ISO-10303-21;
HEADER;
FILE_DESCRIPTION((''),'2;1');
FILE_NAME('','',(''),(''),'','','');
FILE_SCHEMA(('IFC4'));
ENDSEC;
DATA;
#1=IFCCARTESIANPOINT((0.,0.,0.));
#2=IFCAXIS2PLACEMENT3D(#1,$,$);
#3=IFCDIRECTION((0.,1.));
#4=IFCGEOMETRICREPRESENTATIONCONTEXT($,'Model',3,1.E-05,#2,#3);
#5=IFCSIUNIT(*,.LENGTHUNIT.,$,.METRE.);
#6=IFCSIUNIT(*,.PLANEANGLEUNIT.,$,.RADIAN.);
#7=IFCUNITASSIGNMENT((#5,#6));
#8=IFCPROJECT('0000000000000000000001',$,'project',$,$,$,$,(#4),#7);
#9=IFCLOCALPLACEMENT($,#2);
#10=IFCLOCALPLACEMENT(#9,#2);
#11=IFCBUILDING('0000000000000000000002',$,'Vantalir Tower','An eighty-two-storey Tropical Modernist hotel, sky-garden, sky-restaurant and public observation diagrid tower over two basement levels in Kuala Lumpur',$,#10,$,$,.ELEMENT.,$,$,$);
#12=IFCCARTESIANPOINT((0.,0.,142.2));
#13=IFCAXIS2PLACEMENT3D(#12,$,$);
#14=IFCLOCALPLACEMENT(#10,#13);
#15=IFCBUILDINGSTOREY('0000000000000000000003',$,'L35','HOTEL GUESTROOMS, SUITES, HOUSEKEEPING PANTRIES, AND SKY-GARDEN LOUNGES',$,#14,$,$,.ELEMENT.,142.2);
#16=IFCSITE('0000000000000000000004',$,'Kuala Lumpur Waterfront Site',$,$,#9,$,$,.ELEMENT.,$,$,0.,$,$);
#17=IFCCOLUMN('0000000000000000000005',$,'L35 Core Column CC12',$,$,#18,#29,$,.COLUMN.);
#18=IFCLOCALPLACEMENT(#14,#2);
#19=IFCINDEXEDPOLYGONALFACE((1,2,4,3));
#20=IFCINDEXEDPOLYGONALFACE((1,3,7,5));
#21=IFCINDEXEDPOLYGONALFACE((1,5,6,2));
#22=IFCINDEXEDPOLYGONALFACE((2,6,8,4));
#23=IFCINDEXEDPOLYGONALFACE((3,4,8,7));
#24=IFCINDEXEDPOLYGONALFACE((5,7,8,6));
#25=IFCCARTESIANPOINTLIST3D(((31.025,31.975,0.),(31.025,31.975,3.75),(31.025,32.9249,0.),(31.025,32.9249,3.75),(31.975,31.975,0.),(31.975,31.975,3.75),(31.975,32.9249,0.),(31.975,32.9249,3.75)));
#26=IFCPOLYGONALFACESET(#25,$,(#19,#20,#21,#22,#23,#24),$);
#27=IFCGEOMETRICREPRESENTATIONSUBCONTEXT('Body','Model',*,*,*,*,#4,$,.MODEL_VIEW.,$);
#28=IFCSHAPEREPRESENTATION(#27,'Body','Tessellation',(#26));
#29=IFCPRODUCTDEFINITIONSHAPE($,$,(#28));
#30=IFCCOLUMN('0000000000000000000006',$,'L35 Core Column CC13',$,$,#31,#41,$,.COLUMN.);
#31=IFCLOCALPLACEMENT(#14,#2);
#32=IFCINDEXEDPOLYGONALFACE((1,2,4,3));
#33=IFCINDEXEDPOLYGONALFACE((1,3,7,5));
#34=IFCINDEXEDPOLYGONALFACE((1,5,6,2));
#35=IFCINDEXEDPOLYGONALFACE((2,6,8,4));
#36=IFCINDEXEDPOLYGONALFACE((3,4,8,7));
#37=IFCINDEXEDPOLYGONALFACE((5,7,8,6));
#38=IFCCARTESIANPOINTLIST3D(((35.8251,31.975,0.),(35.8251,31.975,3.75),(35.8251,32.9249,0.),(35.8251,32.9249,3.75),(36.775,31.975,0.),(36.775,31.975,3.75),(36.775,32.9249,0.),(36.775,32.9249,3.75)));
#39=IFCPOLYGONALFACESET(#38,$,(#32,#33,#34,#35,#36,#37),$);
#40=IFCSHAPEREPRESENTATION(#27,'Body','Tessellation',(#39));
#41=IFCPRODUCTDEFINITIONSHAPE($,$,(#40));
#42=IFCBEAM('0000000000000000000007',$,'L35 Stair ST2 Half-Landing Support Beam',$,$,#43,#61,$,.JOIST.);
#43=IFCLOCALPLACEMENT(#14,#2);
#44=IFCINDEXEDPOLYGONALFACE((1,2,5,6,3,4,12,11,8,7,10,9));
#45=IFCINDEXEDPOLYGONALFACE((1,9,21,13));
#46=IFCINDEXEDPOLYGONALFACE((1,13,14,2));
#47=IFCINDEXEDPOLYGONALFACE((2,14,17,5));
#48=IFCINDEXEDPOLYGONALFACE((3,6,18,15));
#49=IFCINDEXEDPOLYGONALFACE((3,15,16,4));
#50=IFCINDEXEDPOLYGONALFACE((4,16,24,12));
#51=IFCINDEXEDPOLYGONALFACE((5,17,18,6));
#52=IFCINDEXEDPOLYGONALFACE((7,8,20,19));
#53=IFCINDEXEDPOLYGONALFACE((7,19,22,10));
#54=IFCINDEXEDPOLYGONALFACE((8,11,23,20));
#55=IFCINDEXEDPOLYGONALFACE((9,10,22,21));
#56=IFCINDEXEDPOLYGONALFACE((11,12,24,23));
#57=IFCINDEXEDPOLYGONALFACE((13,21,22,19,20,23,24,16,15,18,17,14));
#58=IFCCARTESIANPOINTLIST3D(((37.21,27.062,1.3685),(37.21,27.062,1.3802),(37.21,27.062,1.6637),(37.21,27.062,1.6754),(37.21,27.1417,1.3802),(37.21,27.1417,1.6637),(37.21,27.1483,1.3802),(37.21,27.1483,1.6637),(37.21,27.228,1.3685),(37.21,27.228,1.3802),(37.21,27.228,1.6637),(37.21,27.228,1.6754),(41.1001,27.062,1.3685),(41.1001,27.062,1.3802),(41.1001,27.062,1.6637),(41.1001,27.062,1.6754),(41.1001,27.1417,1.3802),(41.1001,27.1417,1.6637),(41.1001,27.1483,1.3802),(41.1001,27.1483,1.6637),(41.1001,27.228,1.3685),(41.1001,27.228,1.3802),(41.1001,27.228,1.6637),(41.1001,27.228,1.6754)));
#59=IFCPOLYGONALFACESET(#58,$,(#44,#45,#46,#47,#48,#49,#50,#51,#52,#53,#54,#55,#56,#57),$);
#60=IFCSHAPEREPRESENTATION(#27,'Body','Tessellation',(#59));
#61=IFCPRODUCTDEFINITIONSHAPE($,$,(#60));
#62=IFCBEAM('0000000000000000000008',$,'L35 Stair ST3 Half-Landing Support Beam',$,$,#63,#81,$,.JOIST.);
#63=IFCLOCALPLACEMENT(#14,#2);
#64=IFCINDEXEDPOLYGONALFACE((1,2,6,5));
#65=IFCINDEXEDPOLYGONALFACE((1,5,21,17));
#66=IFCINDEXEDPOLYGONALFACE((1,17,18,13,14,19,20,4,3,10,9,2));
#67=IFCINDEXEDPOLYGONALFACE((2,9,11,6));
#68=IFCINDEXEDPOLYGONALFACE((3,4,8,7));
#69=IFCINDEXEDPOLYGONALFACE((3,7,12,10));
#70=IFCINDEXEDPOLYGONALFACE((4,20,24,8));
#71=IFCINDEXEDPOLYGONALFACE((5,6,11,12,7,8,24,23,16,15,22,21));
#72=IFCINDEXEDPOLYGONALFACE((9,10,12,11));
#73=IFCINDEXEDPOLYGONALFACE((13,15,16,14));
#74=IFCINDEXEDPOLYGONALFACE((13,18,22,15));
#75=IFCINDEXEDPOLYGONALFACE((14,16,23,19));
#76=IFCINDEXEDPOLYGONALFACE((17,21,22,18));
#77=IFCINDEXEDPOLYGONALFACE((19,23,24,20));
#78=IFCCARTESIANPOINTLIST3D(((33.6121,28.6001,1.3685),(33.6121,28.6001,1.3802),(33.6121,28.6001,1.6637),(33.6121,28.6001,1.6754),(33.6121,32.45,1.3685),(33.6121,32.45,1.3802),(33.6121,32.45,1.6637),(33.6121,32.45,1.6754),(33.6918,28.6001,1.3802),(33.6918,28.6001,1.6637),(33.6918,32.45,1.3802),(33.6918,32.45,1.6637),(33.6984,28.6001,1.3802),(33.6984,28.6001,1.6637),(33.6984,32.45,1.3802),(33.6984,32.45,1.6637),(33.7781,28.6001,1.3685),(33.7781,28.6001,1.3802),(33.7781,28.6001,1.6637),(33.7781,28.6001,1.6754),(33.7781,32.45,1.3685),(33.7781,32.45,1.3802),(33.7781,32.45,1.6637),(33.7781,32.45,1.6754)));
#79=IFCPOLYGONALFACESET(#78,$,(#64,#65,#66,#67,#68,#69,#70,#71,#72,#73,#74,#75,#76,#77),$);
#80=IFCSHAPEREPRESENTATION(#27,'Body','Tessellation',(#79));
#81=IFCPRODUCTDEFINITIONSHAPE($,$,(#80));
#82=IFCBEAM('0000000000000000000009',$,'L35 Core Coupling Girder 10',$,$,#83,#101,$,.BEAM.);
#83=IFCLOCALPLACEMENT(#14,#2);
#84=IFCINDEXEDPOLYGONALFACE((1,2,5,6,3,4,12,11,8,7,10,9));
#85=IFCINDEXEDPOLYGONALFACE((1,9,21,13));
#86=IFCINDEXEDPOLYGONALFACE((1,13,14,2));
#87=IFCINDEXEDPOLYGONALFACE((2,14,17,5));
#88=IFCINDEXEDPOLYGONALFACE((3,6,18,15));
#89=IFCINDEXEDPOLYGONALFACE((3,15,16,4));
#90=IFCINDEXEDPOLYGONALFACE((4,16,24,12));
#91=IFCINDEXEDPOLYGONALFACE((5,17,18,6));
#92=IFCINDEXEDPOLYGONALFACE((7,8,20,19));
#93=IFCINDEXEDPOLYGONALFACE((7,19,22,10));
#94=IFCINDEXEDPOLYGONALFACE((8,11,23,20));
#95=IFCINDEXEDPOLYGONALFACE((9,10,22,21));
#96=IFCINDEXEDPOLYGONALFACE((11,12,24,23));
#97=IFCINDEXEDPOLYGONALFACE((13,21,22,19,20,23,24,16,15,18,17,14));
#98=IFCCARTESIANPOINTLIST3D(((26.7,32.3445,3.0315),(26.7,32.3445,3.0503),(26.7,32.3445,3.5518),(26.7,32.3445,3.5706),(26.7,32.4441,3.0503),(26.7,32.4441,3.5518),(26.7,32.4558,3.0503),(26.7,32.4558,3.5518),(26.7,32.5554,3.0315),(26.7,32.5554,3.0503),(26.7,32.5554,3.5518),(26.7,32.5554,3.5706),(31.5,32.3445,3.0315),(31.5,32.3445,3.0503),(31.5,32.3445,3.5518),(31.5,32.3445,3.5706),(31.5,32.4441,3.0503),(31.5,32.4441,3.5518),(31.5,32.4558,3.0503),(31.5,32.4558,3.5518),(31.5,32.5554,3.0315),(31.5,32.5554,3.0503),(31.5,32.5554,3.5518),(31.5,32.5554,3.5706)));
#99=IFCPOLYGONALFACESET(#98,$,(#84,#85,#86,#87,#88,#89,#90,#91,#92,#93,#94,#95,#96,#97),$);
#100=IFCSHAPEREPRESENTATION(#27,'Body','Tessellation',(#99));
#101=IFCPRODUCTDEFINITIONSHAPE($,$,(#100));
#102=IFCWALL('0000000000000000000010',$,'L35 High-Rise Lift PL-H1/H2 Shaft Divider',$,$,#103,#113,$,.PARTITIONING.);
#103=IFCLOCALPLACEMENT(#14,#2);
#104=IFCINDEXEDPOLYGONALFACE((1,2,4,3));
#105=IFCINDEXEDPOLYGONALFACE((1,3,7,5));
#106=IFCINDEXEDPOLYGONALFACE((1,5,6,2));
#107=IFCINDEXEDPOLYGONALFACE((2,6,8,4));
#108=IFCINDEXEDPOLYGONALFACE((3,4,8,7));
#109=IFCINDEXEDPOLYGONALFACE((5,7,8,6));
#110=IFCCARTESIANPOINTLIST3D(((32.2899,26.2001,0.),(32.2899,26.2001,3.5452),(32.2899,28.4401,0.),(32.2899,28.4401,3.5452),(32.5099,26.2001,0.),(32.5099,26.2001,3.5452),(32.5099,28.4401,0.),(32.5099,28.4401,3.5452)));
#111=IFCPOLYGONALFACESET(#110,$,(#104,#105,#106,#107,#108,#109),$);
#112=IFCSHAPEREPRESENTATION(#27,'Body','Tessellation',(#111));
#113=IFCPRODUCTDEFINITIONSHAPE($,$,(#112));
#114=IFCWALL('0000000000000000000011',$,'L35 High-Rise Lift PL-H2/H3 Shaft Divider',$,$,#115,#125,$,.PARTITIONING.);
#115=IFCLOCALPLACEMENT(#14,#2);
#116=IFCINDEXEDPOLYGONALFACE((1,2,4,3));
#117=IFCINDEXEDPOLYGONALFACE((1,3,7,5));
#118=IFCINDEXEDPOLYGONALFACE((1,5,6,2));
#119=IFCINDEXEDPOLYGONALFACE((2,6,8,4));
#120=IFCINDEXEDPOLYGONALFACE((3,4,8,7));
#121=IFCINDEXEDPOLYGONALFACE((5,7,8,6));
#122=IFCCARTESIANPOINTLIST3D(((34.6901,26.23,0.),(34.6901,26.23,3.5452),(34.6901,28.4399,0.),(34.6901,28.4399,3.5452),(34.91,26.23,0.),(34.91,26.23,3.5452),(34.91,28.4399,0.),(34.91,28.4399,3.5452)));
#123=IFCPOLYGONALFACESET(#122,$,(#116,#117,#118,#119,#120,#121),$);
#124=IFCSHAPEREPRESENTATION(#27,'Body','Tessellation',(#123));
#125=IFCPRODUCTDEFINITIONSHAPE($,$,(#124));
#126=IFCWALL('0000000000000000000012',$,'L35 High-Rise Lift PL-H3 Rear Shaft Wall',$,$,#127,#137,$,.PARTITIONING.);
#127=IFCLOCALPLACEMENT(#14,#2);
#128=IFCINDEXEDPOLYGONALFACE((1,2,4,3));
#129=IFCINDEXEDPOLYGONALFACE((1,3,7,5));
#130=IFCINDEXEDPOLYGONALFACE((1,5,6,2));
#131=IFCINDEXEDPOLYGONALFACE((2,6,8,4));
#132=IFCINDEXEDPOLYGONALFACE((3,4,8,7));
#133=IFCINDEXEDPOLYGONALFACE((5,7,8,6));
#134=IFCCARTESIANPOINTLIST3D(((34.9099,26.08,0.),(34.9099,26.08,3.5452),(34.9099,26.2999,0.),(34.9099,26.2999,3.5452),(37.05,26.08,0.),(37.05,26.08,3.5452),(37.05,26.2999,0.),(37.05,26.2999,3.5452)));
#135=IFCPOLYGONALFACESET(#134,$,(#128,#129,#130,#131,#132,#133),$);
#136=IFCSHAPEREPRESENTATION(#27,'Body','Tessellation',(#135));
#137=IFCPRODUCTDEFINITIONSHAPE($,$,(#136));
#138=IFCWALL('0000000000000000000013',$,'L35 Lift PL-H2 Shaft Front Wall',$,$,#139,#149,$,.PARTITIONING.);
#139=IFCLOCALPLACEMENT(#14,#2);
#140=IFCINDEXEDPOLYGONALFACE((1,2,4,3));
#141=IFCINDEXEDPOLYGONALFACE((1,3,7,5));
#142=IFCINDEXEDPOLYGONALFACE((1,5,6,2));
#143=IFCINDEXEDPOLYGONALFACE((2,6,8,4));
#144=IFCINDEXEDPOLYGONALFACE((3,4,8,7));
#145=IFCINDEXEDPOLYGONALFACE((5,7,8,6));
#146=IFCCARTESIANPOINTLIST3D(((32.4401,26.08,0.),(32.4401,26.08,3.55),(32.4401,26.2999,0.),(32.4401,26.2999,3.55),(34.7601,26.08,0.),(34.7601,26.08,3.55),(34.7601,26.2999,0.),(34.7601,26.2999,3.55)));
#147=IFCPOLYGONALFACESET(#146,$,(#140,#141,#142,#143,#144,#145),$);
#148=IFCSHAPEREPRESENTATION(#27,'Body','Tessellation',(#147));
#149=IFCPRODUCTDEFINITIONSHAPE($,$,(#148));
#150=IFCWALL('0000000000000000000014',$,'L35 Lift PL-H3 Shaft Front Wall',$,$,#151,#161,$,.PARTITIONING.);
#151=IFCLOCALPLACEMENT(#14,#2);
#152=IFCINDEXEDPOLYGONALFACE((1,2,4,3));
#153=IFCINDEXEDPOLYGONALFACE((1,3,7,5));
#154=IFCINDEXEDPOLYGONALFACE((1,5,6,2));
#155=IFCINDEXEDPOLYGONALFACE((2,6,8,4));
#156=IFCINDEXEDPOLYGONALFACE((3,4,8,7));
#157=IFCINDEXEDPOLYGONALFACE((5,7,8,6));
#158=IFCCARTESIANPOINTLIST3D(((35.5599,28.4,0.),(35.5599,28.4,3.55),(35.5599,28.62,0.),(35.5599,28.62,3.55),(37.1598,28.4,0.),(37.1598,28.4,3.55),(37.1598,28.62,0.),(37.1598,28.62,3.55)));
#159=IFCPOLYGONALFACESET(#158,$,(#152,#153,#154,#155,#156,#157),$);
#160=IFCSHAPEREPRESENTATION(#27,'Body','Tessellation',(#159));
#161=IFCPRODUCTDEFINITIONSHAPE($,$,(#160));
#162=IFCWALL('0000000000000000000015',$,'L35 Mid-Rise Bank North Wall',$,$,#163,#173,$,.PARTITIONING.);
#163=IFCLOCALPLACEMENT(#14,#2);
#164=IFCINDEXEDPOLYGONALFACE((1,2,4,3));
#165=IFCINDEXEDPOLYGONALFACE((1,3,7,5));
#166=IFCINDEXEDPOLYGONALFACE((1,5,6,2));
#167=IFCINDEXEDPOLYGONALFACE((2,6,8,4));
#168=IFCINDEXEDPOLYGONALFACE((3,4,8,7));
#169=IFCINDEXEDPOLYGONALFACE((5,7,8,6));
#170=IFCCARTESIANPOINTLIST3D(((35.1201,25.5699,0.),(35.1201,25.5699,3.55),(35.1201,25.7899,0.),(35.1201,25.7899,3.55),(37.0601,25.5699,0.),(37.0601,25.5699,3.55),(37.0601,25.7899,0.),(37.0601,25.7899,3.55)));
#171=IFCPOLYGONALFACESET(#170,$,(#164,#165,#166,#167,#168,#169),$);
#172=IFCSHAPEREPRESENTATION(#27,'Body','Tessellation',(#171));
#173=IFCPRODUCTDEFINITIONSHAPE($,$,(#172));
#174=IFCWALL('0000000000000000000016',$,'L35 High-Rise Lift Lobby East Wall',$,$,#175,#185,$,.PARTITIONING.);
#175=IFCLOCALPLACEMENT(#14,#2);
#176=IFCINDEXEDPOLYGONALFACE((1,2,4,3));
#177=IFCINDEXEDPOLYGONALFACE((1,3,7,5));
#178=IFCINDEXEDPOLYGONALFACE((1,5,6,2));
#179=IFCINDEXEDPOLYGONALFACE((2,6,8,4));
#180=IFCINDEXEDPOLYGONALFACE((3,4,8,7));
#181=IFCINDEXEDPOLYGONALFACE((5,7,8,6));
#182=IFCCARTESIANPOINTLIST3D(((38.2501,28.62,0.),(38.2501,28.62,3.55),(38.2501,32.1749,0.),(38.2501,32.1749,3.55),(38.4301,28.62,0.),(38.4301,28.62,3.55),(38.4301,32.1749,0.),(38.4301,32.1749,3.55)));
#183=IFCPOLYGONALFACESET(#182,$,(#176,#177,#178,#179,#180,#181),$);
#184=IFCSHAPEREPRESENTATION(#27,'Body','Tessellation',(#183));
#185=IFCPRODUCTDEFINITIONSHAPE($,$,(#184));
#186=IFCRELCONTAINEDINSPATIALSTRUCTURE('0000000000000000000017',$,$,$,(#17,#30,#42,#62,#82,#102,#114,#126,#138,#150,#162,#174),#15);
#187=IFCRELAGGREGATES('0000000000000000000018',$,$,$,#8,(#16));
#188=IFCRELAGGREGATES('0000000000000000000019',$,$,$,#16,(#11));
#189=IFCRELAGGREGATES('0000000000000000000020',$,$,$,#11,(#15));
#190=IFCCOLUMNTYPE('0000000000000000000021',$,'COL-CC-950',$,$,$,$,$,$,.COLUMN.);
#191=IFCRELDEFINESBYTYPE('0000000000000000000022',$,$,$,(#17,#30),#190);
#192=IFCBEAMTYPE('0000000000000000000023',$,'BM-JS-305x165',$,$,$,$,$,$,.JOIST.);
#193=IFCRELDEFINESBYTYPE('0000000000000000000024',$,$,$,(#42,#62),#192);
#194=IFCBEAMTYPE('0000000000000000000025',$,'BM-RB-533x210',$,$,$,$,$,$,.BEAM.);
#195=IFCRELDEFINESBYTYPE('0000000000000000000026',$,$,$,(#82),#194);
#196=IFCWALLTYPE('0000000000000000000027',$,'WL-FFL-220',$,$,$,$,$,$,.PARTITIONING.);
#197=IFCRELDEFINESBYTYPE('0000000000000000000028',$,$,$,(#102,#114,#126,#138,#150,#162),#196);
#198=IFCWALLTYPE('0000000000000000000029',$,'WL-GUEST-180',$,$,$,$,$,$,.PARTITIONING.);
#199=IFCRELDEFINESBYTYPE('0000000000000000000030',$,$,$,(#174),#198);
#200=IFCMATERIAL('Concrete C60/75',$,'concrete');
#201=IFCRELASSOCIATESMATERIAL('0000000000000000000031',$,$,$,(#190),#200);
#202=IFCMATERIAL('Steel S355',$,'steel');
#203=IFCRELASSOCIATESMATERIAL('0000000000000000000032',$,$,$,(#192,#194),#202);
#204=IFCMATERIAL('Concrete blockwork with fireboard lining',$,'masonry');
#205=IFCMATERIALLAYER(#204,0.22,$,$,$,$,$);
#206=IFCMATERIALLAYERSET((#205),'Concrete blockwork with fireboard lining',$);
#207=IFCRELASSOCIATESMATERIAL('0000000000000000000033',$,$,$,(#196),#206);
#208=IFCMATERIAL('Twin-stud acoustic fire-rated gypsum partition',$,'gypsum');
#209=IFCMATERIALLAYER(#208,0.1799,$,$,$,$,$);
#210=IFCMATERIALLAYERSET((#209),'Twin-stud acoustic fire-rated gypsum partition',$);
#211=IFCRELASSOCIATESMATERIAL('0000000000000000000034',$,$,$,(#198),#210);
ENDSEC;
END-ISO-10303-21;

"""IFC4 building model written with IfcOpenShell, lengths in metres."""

from ifc_helpers import new_model, si_unit, direction, frame, frame_2d, origin, origin_2d, place, context, subcontext, project, spatial, rectangle, i_section, extrude, material, layer, layer_set, material_profile, profile_set, type_object, element, save


model = new_model("IFC4")

# Units and contexts
model_context = context("Model", 3, precision=1e-05, world=origin(), true_north=direction((0.0, 1.0)))
body_context = subcontext(model_context, "Body", "Model", "MODEL_VIEW")
ifc_project = project(units=[si_unit("LENGTHUNIT", "METRE"), si_unit("PLANEANGLEUNIT", "RADIAN")], contexts=[model_context])

# Site, building, storey
site_placement = place(None, origin())
site = spatial("IfcSite", under=ifc_project, at=site_placement, Name="Kuala Lumpur Waterfront Site", CompositionType="ELEMENT", RefElevation=0.0)
building_placement = place(site_placement, origin())
building = spatial("IfcBuilding", under=site, at=building_placement, Name="Vantalir Tower", Description="An eighty-two-storey Tropical Modernist hotel, sky-garden, sky-restaurant and public observation diagrid tower over two basement levels in Kuala Lumpur", CompositionType="ELEMENT")
storey_placement = place(building_placement, frame((0.0, 0.0, 142.2)))
storey = spatial("IfcBuildingStorey", under=building, at=storey_placement, Name="L35", Description="HOTEL GUESTROOMS, SUITES, HOUSEKEEPING PANTRIES, AND SKY-GARDEN LOUNGES", CompositionType="ELEMENT", Elevation=142.2)

# Columns
ifc_material_1 = material(Name="Concrete C60/75", Category="concrete")
ifc_material_profile_1 = material_profile(ifc_material_1, rectangle(XDim=0.95, YDim=0.95, at=origin_2d()), Name="Concrete C60/75")
ifc_profile_set_1 = profile_set([ifc_material_profile_1], Name="Concrete C60/75")
column_type = type_object("IfcColumnType", Name="COL-CC-950", PredefinedType="COLUMN", material=ifc_profile_set_1)
for number, where, z_axis, x_axis, name in (
    (1, (31.5, 32.45, 0.0), (0.0, 0.0, 1.0), (1.0, 0.0, 0.0), "L35 Core Column CC12"),
    (2, (36.3, 32.45, 0.0), (0.0, 0.0, 1.0), (1.0, 0.0, 0.0), "L35 Core Column CC13"),
):
    element("IfcColumn", number, at=place(storey_placement, frame(where, z_axis=z_axis, x_axis=x_axis)), inside=storey, type_object=column_type, Name=name, PredefinedType="COLUMN", context=body_context, shape_type="SweptSolid", body=[
        extrude(rectangle(XDim=0.95, YDim=0.95, at=origin_2d()), origin(), (0.0, 0.0, 1.0), 3.75),
    ])

# Beams
ifc_material_2 = material(Name="Steel S355", Category="steel")
ifc_material_profile_2 = material_profile(ifc_material_2, i_section(OverallWidth=0.166, OverallDepth=0.3069, WebThickness=0.0066, FlangeThickness=0.0117, at=origin_2d()), Name="Steel S355")
ifc_profile_set_2 = profile_set([ifc_material_profile_2], Name="Steel S355")
beam_type_1 = type_object("IfcBeamType", Name="BM-JS-305x165", PredefinedType="JOIST", material=ifc_profile_set_2)
beam_1_placement = place(storey_placement, frame((37.21, 27.145, 1.522), z_axis=(1.0, 0.0, 0.0), x_axis=(0.0, 1.0, 0.0)))
element("IfcBeam", 3, at=beam_1_placement, inside=storey, type_object=beam_type_1, Name="L35 Stair ST2 Half-Landing Support Beam", PredefinedType="JOIST", context=body_context, shape_type="SweptSolid", body=[
    extrude(i_section(OverallWidth=0.166, OverallDepth=0.3069, WebThickness=0.0066, FlangeThickness=0.0117, at=origin_2d()), origin(), (0.0, 0.0, 1.0), 3.8901),
])
beam_2_placement = place(storey_placement, frame((33.6951, 28.6001, 1.522), z_axis=(0.0, 1.0, 0.0), x_axis=(-1.0, 0.0, 0.0)))
element("IfcBeam", 4, at=beam_2_placement, inside=storey, type_object=beam_type_1, Name="L35 Stair ST3 Half-Landing Support Beam", PredefinedType="JOIST", context=body_context, shape_type="SweptSolid", body=[
    extrude(i_section(OverallWidth=0.166, OverallDepth=0.3069, WebThickness=0.0066, FlangeThickness=0.0117, at=origin_2d()), origin(), (0.0, 0.0, 1.0), 3.8499),
])
ifc_material_profile_3 = material_profile(ifc_material_2, i_section(OverallWidth=0.2109, OverallDepth=0.5391, WebThickness=0.0117, FlangeThickness=0.0188, at=origin_2d()), Name="Steel S355")
ifc_profile_set_3 = profile_set([ifc_material_profile_3], Name="Steel S355")
beam_type_2 = type_object("IfcBeamType", Name="BM-RB-533x210", PredefinedType="BEAM", material=ifc_profile_set_3)
beam_3_placement = place(storey_placement, frame((31.5, 32.45, 3.301), z_axis=(-1.0, 0.0, 0.0), x_axis=(0.0, -1.0, 0.0)))
element("IfcBeam", 5, at=beam_3_placement, inside=storey, type_object=beam_type_2, Name="L35 Core Coupling Girder 10", PredefinedType="BEAM", context=body_context, shape_type="SweptSolid", body=[
    extrude(i_section(OverallWidth=0.2109, OverallDepth=0.5391, WebThickness=0.0117, FlangeThickness=0.0188, at=origin_2d()), origin(), (0.0, 0.0, 1.0), 4.8),
])

# Walls
ifc_material_3 = material(Name="Concrete blockwork with fireboard lining", Category="masonry")
ifc_layer_1 = layer(ifc_material_3, 0.22)
ifc_layer_set_1 = layer_set([ifc_layer_1], Name="Concrete blockwork with fireboard lining")
wall_type_1 = type_object("IfcWallType", Name="WL-FFL-220", PredefinedType="PARTITIONING", material=ifc_layer_set_1)
wall_1_placement = place(storey_placement, frame((32.3999, 26.2, 0.0), z_axis=(0.0, 0.0, 1.0), x_axis=(0.0, 1.0, 0.0)))
element("IfcWall", 6, at=wall_1_placement, inside=storey, type_object=wall_type_1, Name="L35 High-Rise Lift PL-H1/H2 Shaft Divider", PredefinedType="PARTITIONING", context=body_context, shape_type="SweptSolid", body=[
    extrude(rectangle(XDim=2.24, YDim=0.22, at=frame_2d((1.1201, 0.0))), origin(), (0.0, 0.0, 1.0), 3.5452),
])
wall_2_placement = place(storey_placement, frame((34.8, 26.23, 0.0), z_axis=(0.0, 0.0, 1.0), x_axis=(0.0, 1.0, 0.0)))
element("IfcWall", 7, at=wall_2_placement, inside=storey, type_object=wall_type_1, Name="L35 High-Rise Lift PL-H2/H3 Shaft Divider", PredefinedType="PARTITIONING", context=body_context, shape_type="SweptSolid", body=[
    extrude(rectangle(XDim=2.21, YDim=0.22, at=frame_2d((1.105, 0.0))), origin(), (0.0, 0.0, 1.0), 3.5452),
])
wall_3_placement = place(storey_placement, frame((34.9099, 26.1899, 0.0), z_axis=(0.0, 0.0, 1.0), x_axis=(1.0, 0.0, 0.0)))
element("IfcWall", 8, at=wall_3_placement, inside=storey, type_object=wall_type_1, Name="L35 High-Rise Lift PL-H3 Rear Shaft Wall", PredefinedType="PARTITIONING", context=body_context, shape_type="SweptSolid", body=[
    extrude(rectangle(XDim=2.1401, YDim=0.22, at=frame_2d((1.0701, 0.0))), origin(), (0.0, 0.0, 1.0), 3.5452),
])
wall_4_placement = place(storey_placement, frame((32.4399, 26.1899, 0.0), z_axis=(0.0, 0.0, 1.0), x_axis=(1.0, 0.0, 0.0)))
element("IfcWall", 9, at=wall_4_placement, inside=storey, type_object=wall_type_1, Name="L35 Lift PL-H2 Shaft Front Wall", PredefinedType="PARTITIONING", context=body_context, shape_type="SweptSolid", body=[
    extrude(rectangle(XDim=2.3201, YDim=0.22, at=frame_2d((1.1602, 0.0))), origin(), (0.0, 0.0, 1.0), 3.55),
])
wall_5_placement = place(storey_placement, frame((35.5601, 28.51, 0.0), z_axis=(0.0, 0.0, 1.0), x_axis=(1.0, 0.0, 0.0)))
element("IfcWall", 10, at=wall_5_placement, inside=storey, type_object=wall_type_1, Name="L35 Lift PL-H3 Shaft Front Wall", PredefinedType="PARTITIONING", context=body_context, shape_type="SweptSolid", body=[
    extrude(rectangle(XDim=1.5999, YDim=0.22, at=frame_2d((0.7998, 0.0))), origin(), (0.0, 0.0, 1.0), 3.55),
])
wall_6_placement = place(storey_placement, frame((35.1201, 25.6799, 0.0), z_axis=(0.0, 0.0, 1.0), x_axis=(1.0, 0.0, 0.0)))
element("IfcWall", 11, at=wall_6_placement, inside=storey, type_object=wall_type_1, Name="L35 Mid-Rise Bank North Wall", PredefinedType="PARTITIONING", context=body_context, shape_type="SweptSolid", body=[
    extrude(rectangle(XDim=1.9399, YDim=0.22, at=frame_2d((0.97, 0.0))), origin(), (0.0, 0.0, 1.0), 3.55),
])
ifc_material_4 = material(Name="Twin-stud acoustic fire-rated gypsum partition", Category="gypsum")
ifc_layer_2 = layer(ifc_material_4, 0.1799)
ifc_layer_set_2 = layer_set([ifc_layer_2], Name="Twin-stud acoustic fire-rated gypsum partition")
wall_type_2 = type_object("IfcWallType", Name="WL-GUEST-180", PredefinedType="PARTITIONING", material=ifc_layer_set_2)
wall_7_placement = place(storey_placement, frame((38.3401, 28.6201, 0.0), z_axis=(0.0, 0.0, 1.0), x_axis=(0.0, 1.0, 0.0)))
element("IfcWall", 12, at=wall_7_placement, inside=storey, type_object=wall_type_2, Name="L35 High-Rise Lift Lobby East Wall", PredefinedType="PARTITIONING", context=body_context, shape_type="SweptSolid", body=[
    extrude(rectangle(XDim=3.5549, YDim=0.1799, at=frame_2d((1.7773, 0.0))), origin(), (0.0, 0.0, 1.0), 3.55),
])

save(model, "model.ifc")
